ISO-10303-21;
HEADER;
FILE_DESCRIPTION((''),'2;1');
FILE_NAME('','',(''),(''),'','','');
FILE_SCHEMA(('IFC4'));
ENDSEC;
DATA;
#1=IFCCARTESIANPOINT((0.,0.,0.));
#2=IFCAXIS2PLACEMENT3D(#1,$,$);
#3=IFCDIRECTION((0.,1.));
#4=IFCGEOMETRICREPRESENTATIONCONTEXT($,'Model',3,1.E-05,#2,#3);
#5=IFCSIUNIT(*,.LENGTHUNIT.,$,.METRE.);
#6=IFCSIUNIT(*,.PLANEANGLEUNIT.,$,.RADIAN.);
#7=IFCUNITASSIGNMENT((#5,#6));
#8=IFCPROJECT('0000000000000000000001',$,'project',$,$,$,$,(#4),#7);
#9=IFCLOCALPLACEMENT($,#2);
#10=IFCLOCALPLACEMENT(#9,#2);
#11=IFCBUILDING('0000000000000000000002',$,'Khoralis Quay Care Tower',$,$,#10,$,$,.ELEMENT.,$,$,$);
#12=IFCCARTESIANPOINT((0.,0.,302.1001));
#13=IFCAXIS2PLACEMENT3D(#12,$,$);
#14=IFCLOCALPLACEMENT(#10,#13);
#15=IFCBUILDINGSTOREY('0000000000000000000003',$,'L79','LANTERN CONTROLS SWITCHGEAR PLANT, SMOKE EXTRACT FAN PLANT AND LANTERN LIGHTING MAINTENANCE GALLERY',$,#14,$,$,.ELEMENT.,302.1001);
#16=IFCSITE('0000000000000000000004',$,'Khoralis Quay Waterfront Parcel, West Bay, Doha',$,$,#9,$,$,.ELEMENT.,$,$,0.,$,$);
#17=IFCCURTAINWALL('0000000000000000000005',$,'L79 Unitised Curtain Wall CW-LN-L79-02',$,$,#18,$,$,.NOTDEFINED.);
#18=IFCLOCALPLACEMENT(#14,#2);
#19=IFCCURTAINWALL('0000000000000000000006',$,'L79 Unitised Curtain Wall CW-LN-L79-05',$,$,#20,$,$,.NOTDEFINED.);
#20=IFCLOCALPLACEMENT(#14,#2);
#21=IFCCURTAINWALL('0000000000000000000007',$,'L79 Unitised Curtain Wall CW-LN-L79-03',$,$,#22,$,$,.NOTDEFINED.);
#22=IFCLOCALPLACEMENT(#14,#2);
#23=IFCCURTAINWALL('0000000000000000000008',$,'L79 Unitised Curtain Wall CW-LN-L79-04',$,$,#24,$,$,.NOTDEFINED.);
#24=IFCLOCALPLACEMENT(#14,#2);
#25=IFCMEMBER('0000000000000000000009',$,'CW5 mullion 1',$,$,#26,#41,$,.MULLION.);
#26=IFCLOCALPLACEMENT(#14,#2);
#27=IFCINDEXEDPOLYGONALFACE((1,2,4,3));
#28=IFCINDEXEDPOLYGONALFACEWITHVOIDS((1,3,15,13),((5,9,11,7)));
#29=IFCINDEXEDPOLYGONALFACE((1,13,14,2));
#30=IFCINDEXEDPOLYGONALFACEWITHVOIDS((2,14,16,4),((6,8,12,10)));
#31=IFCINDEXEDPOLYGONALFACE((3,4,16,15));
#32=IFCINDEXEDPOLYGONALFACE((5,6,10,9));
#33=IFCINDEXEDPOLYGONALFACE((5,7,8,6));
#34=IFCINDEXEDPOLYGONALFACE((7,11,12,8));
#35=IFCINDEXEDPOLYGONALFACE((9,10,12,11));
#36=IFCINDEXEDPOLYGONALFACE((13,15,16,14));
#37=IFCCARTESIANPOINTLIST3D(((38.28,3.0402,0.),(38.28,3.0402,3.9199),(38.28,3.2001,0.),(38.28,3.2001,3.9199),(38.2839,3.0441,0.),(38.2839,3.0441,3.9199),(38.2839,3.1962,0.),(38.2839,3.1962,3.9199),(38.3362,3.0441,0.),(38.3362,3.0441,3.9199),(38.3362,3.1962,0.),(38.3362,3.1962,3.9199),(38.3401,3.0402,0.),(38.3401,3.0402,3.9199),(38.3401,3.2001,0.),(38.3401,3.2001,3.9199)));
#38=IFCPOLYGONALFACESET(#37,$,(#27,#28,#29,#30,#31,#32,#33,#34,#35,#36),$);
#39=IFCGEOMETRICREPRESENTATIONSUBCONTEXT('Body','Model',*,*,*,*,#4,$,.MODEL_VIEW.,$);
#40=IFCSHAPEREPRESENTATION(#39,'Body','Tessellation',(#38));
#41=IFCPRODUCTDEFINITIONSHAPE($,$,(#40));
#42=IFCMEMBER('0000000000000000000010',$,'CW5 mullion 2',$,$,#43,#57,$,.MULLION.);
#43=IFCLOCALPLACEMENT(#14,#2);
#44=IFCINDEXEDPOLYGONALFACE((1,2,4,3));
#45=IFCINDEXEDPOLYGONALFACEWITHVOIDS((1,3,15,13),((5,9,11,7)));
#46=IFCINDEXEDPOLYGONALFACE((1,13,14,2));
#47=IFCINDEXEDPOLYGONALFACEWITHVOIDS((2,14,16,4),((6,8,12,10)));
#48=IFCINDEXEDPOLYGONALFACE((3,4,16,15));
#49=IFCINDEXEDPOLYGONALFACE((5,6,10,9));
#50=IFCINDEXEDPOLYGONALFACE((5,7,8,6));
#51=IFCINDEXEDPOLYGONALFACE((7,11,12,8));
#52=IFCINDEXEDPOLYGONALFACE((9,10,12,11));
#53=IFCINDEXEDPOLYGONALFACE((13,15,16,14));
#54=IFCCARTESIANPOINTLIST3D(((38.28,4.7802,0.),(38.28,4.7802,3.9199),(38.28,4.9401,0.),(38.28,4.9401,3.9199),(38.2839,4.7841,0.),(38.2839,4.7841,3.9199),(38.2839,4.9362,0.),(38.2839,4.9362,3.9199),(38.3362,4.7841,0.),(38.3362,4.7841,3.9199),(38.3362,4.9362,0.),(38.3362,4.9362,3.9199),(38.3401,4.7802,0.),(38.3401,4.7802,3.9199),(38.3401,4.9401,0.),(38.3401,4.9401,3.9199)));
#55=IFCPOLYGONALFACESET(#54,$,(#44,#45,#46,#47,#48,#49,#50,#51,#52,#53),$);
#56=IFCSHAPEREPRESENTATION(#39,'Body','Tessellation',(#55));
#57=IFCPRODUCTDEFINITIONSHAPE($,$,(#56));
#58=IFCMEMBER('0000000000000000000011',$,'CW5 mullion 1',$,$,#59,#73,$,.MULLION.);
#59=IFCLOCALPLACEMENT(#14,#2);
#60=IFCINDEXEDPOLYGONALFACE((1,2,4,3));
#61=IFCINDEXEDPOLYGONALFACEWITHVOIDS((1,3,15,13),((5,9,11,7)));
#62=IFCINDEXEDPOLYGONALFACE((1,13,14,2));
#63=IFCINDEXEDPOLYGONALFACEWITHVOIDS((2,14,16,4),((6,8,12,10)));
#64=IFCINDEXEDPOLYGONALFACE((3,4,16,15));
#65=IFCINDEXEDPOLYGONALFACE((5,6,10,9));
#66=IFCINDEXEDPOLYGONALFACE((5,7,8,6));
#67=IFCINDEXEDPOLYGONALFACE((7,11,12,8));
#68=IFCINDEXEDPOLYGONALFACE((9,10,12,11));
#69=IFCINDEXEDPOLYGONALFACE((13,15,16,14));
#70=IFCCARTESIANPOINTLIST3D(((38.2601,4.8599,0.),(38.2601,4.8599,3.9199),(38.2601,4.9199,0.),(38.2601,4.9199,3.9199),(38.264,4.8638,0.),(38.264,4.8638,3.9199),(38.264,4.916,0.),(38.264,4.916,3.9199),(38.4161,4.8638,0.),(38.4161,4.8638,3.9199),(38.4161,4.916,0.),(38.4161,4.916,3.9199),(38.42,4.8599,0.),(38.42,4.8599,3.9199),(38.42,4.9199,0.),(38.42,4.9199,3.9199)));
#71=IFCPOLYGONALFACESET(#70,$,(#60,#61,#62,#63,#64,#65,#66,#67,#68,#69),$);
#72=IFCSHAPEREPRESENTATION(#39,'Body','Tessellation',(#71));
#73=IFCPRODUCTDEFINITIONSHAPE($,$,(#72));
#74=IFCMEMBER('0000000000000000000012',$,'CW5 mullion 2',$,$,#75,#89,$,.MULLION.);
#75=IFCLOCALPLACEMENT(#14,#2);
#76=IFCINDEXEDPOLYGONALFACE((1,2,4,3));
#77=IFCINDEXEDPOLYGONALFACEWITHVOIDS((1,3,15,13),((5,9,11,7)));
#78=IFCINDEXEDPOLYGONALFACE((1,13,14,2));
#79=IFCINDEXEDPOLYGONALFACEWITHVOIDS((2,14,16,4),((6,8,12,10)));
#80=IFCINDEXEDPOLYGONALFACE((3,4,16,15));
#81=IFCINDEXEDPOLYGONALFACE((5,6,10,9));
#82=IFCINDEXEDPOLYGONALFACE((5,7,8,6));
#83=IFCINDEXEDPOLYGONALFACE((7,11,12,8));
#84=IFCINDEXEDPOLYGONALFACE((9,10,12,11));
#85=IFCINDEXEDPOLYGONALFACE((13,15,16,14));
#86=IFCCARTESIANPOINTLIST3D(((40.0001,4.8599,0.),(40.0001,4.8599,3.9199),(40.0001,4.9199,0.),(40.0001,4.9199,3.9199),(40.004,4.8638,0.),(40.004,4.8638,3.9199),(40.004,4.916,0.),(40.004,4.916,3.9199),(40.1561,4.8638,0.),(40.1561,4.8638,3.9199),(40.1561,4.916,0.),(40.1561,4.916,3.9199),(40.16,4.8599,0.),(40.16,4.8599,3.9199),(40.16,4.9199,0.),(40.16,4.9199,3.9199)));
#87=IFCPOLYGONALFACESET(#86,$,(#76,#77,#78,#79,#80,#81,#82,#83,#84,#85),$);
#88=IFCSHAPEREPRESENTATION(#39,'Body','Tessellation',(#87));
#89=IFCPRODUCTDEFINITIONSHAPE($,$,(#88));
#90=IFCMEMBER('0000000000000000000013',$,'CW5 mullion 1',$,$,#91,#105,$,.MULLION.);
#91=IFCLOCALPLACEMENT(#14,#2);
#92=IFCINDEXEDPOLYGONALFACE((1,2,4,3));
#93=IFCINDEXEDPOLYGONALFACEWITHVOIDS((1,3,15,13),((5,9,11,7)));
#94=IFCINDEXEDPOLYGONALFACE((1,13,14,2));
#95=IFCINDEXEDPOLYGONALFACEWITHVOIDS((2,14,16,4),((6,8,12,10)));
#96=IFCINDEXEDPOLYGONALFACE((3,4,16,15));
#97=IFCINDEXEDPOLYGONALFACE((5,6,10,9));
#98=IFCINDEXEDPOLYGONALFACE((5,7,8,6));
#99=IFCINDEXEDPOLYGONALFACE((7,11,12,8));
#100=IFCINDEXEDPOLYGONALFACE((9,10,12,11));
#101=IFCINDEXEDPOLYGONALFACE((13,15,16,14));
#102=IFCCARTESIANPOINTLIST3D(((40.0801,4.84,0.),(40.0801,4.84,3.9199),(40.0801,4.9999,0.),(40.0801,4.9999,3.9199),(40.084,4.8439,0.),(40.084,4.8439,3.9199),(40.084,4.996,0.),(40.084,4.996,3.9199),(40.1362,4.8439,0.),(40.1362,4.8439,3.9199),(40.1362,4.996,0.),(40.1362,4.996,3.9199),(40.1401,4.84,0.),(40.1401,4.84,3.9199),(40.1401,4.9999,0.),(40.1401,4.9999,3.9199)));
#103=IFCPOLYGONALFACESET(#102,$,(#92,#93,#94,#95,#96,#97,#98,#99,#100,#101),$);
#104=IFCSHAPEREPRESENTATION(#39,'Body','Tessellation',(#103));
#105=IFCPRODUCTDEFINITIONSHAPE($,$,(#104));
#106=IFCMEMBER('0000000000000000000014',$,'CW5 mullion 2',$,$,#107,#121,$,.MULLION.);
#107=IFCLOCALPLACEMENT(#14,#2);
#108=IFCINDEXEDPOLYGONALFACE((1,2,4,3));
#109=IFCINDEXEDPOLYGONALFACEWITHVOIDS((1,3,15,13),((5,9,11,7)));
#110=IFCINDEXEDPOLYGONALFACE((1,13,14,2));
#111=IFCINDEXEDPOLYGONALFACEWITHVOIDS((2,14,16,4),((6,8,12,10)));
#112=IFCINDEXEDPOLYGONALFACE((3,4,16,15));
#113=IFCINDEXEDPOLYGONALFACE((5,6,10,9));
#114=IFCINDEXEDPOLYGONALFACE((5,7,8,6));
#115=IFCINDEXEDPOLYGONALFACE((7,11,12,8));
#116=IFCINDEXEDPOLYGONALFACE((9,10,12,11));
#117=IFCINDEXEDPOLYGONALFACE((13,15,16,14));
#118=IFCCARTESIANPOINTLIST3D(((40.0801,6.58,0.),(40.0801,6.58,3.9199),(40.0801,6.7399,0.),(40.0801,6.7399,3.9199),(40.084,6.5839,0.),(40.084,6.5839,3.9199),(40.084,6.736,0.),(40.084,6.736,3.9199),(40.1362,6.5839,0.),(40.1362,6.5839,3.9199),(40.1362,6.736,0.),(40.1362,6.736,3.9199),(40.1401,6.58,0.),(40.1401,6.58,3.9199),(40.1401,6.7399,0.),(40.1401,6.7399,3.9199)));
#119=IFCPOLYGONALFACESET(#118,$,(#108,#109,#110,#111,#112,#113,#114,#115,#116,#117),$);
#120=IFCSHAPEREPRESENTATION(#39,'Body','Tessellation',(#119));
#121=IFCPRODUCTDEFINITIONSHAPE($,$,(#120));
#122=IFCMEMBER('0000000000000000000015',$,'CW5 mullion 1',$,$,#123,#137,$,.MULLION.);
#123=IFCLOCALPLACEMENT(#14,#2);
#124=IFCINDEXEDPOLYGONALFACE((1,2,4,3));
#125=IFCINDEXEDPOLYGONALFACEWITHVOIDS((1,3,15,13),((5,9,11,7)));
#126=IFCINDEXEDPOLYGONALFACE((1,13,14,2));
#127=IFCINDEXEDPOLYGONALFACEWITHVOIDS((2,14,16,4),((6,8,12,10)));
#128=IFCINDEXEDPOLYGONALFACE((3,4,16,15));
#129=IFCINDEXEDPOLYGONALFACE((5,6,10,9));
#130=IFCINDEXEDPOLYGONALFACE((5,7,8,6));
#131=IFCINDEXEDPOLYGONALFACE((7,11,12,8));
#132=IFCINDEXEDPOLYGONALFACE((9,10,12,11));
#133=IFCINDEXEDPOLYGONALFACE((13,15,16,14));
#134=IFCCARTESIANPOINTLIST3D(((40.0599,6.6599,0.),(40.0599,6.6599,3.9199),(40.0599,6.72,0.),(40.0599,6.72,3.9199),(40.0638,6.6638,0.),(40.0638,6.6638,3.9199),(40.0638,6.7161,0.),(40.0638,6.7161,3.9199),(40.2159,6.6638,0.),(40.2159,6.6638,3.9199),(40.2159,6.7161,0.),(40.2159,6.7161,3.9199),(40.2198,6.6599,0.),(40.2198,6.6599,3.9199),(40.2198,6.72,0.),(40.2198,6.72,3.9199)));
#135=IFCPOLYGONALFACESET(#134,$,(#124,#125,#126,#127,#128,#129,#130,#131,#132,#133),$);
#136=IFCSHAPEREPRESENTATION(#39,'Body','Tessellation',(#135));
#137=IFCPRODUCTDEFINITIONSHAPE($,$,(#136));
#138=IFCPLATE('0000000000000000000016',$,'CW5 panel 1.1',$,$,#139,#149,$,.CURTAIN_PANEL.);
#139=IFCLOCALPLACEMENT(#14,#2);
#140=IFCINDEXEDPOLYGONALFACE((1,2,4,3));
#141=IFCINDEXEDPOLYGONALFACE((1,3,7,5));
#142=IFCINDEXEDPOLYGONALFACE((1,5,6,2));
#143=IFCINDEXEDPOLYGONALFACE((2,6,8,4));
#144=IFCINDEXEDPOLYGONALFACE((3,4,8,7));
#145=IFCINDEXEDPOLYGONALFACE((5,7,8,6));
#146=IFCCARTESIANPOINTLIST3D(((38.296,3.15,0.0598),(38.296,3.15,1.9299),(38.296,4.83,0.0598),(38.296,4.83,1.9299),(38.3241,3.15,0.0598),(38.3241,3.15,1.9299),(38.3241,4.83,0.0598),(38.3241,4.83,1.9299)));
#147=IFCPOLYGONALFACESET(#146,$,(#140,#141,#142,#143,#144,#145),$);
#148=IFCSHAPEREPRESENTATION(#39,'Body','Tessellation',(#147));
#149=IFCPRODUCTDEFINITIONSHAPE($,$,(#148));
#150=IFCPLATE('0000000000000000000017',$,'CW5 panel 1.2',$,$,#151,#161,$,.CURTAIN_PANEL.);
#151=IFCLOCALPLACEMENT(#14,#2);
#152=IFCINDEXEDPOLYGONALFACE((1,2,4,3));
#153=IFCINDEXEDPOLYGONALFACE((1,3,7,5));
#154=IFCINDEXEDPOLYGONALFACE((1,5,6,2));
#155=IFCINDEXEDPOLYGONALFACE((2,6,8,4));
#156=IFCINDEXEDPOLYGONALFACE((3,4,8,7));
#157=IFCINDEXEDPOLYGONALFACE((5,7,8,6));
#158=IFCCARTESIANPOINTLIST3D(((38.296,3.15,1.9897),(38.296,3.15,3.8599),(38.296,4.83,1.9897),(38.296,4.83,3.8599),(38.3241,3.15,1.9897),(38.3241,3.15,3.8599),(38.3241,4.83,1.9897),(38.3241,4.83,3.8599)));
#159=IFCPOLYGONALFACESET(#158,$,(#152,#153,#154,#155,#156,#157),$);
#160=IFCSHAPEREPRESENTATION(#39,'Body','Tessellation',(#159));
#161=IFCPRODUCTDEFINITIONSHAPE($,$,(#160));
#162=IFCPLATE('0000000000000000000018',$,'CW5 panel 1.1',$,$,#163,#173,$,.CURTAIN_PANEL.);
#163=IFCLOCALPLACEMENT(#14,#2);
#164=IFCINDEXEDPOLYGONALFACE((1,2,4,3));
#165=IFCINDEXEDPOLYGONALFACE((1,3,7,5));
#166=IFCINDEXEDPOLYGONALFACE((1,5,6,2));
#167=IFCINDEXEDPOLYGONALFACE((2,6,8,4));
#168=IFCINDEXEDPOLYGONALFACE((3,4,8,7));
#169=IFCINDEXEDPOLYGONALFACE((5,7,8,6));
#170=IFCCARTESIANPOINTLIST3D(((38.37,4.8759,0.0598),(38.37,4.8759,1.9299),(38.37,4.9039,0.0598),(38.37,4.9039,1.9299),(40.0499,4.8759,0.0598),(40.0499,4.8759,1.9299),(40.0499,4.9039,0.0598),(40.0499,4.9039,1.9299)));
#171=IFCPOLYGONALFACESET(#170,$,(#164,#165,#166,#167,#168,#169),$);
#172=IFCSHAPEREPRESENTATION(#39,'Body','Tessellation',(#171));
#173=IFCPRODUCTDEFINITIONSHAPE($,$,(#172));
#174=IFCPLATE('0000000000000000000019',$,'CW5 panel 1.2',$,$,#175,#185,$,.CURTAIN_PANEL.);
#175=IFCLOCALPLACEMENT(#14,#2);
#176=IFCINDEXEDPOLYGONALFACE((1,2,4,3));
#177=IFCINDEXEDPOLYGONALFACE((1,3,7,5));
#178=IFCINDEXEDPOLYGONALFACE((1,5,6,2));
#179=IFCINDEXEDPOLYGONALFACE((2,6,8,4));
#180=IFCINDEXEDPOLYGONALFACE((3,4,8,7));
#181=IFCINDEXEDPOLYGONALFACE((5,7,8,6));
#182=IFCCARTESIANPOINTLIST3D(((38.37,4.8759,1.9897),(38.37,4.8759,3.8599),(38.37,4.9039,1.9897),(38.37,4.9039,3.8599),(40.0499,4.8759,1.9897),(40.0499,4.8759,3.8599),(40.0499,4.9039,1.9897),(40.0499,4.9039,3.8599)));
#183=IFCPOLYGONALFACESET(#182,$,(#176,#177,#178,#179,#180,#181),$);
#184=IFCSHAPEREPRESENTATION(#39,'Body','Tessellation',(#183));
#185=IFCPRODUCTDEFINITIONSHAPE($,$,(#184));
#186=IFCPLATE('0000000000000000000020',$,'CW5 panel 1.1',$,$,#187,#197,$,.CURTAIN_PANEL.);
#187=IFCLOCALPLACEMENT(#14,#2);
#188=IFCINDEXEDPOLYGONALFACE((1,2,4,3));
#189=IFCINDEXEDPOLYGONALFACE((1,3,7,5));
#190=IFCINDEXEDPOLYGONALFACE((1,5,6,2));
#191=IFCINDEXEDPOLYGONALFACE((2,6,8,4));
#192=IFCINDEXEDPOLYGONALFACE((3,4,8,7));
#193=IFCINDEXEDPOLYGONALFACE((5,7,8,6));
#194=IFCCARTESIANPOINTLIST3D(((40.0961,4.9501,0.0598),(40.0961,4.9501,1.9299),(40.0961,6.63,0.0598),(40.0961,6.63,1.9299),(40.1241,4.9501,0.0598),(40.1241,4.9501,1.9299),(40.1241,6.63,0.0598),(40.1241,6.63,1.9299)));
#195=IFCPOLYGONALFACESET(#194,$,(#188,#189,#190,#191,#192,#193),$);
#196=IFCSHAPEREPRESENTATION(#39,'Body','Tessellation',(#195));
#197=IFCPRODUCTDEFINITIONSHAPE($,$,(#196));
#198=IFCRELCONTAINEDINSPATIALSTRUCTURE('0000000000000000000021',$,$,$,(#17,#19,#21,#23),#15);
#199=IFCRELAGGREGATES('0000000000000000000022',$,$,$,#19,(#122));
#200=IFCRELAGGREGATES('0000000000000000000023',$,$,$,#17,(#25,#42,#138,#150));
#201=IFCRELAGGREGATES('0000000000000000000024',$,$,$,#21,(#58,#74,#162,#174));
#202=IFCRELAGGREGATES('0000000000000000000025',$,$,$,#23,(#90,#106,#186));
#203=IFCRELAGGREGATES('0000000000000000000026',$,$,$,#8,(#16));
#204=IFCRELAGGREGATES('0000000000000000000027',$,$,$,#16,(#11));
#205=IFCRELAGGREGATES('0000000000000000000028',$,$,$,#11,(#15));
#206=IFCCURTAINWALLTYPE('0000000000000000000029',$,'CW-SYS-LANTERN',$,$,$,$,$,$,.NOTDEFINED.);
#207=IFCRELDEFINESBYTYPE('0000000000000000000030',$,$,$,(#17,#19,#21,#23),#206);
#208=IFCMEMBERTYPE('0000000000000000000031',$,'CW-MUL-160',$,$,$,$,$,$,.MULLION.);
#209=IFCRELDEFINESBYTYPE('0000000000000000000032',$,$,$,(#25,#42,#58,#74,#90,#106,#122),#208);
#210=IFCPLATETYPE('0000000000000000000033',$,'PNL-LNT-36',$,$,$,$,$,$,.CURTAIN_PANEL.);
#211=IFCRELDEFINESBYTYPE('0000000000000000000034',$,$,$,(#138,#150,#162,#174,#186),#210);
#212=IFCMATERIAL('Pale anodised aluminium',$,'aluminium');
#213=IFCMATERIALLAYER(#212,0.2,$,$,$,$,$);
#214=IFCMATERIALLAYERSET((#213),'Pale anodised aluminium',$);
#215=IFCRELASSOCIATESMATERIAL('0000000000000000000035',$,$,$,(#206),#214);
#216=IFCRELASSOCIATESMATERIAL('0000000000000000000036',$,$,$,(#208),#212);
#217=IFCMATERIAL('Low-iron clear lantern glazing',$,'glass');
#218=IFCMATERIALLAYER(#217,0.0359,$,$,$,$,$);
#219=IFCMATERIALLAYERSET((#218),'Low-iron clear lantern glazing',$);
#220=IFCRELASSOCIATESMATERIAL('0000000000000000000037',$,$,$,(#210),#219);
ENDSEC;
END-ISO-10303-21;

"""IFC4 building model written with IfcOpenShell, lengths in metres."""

from ifc_helpers import new_model, si_unit, direction, frame, origin, origin_2d, place, context, subcontext, project, spatial, rectangle, hollow_rectangle, extrude, source, transform, mapped, material, layer, layer_set, material_profile, profile_set, type_object, element, aggregate, save


model = new_model("IFC4")

# Units and contexts
model_context = context("Model", 3, precision=1e-05, world=origin(), true_north=direction((0.0, 1.0)))
body_context = subcontext(model_context, "Body", "Model", "MODEL_VIEW")
ifc_project = project(units=[si_unit("LENGTHUNIT", "METRE"), si_unit("PLANEANGLEUNIT", "RADIAN")], contexts=[model_context])

# Site, building, storey
site_placement = place(None, origin())
site = spatial("IfcSite", under=ifc_project, at=site_placement, Name="Khoralis Quay Waterfront Parcel, West Bay, Doha", CompositionType="ELEMENT", RefElevation=0.0)
building_placement = place(site_placement, origin())
building = spatial("IfcBuilding", under=site, at=building_placement, Name="Khoralis Quay Care Tower", CompositionType="ELEMENT")
storey_placement = place(building_placement, frame((0.0, 0.0, 302.1001)))
storey = spatial("IfcBuildingStorey", under=building, at=storey_placement, Name="L79", Description="LANTERN CONTROLS SWITCHGEAR PLANT, SMOKE EXTRACT FAN PLANT AND LANTERN LIGHTING MAINTENANCE GALLERY", CompositionType="ELEMENT", Elevation=302.1001)

# Curtain wall
ifc_material_1 = material(Name="Pale anodised aluminium", Category="aluminium")
ifc_layer_1 = layer(ifc_material_1, 0.2)
ifc_layer_set_1 = layer_set([ifc_layer_1], Name="Pale anodised aluminium")
curtain_wall_type = type_object("IfcCurtainWallType", Name="CW-SYS-LANTERN", PredefinedType="NOTDEFINED", material=ifc_layer_set_1)
curtain_wall_1_placement = place(storey_placement, origin())
curtain_wall_1 = element("IfcCurtainWall", 1, at=curtain_wall_1_placement, inside=storey, type_object=curtain_wall_type, Name="L79 Unitised Curtain Wall CW-LN-L79-02", PredefinedType="NOTDEFINED")

# Curtain wall
curtain_wall_2_placement = place(storey_placement, origin())
curtain_wall_2 = element("IfcCurtainWall", 2, at=curtain_wall_2_placement, inside=storey, type_object=curtain_wall_type, Name="L79 Unitised Curtain Wall CW-LN-L79-05", PredefinedType="NOTDEFINED")

# Curtain walls
curtain_wall_3_placement = place(storey_placement, origin())
curtain_wall_3 = element("IfcCurtainWall", 3, at=curtain_wall_3_placement, inside=storey, type_object=curtain_wall_type, Name="L79 Unitised Curtain Wall CW-LN-L79-03", PredefinedType="NOTDEFINED")
curtain_wall_4_placement = place(storey_placement, origin())
curtain_wall_4 = element("IfcCurtainWall", 4, at=curtain_wall_4_placement, inside=storey, type_object=curtain_wall_type, Name="L79 Unitised Curtain Wall CW-LN-L79-04", PredefinedType="NOTDEFINED")

# Shared definitions
ifc_material_profile_1 = material_profile(ifc_material_1, hollow_rectangle(XDim=0.0601, YDim=0.1599, WallThickness=0.0039, at=origin_2d()), Name="Pale anodised aluminium")
ifc_profile_set_1 = profile_set([ifc_material_profile_1], Name="Pale anodised aluminium")
member_type_1 = type_object("IfcMemberType", Name="CW-MUL-160", PredefinedType="MULLION", material=ifc_profile_set_1)
shared_shape_1 = source(origin(), body_context, "Body", "SweptSolid", [
    extrude(hollow_rectangle(XDim=0.0601, YDim=0.1599, WallThickness=0.0039, at=origin_2d()), origin(), (0.0, 0.0, 1.0), 3.9199),
])

# Members
member_1_placement = place(storey_placement, frame((38.3101, 3.1201, 0.0), z_axis=(0.0, 0.0, 1.0), x_axis=(-1.0, 0.0, 0.0)))
member_1 = element("IfcMember", 5, at=member_1_placement, type_object=member_type_1, Name="CW5 mullion 1", PredefinedType="MULLION", context=body_context, shape_type="MappedRepresentation", body=[
    mapped(shared_shape_1, transform((0.0, 0.0, 0.0), scale=1.0)),
])
member_2_placement = place(storey_placement, frame((38.3101, 4.8601, 0.0), z_axis=(0.0, 0.0, 1.0), x_axis=(-1.0, 0.0, 0.0)))
member_2 = element("IfcMember", 6, at=member_2_placement, type_object=member_type_1, Name="CW5 mullion 2", PredefinedType="MULLION", context=body_context, shape_type="MappedRepresentation", body=[
    mapped(shared_shape_1, transform((0.0, 0.0, 0.0), scale=1.0)),
])
member_3_placement = place(storey_placement, frame((38.3401, 4.8899, 0.0), z_axis=(0.0, 0.0, 1.0), x_axis=(0.0, 1.0, 0.0)))
member_3 = element("IfcMember", 7, at=member_3_placement, type_object=member_type_1, Name="CW5 mullion 1", PredefinedType="MULLION", context=body_context, shape_type="MappedRepresentation", body=[
    mapped(shared_shape_1, transform((0.0, 0.0, 0.0), scale=1.0)),
])
member_4_placement = place(storey_placement, frame((40.0801, 4.8899, 0.0), z_axis=(0.0, 0.0, 1.0), x_axis=(0.0, 1.0, 0.0)))
member_4 = element("IfcMember", 8, at=member_4_placement, type_object=member_type_1, Name="CW5 mullion 2", PredefinedType="MULLION", context=body_context, shape_type="MappedRepresentation", body=[
    mapped(shared_shape_1, transform((0.0, 0.0, 0.0), scale=1.0)),
])
member_5_placement = place(storey_placement, frame((40.1101, 4.9199, 0.0), z_axis=(0.0, 0.0, 1.0), x_axis=(-1.0, 0.0, 0.0)))
member_5 = element("IfcMember", 9, at=member_5_placement, type_object=member_type_1, Name="CW5 mullion 1", PredefinedType="MULLION", context=body_context, shape_type="MappedRepresentation", body=[
    mapped(shared_shape_1, transform((0.0, 0.0, 0.0), scale=1.0)),
])
member_6_placement = place(storey_placement, frame((40.1101, 6.6599, 0.0), z_axis=(0.0, 0.0, 1.0), x_axis=(-1.0, 0.0, 0.0)))
member_6 = element("IfcMember", 10, at=member_6_placement, type_object=member_type_1, Name="CW5 mullion 2", PredefinedType="MULLION", context=body_context, shape_type="MappedRepresentation", body=[
    mapped(shared_shape_1, transform((0.0, 0.0, 0.0), scale=1.0)),
])
member_7_placement = place(storey_placement, frame((40.1399, 6.6899, 0.0), z_axis=(0.0, 0.0, 1.0), x_axis=(0.0, 1.0, 0.0)))
member_7 = element("IfcMember", 11, at=member_7_placement, type_object=member_type_1, Name="CW5 mullion 1", PredefinedType="MULLION", context=body_context, shape_type="MappedRepresentation", body=[
    mapped(shared_shape_1, transform((0.0, 0.0, 0.0), scale=1.0)),
])
aggregate(curtain_wall_2, [member_7])

# Plates
ifc_material_2 = material(Name="Low-iron clear lantern glazing", Category="glass")
ifc_layer_2 = layer(ifc_material_2, 0.0359)
ifc_layer_set_2 = layer_set([ifc_layer_2], Name="Low-iron clear lantern glazing")
plate_type = type_object("IfcPlateType", Name="PNL-LNT-36", PredefinedType="CURTAIN_PANEL", material=ifc_layer_set_2)
shared_shape_2 = source(origin(), body_context, "Body", "SweptSolid", [
    extrude(rectangle(XDim=1.6799, YDim=0.0281, at=origin_2d()), origin(), (0.0, 0.0, 1.0), 1.8701),
])
plate_1_placement = place(storey_placement, frame((38.3101, 3.99, 0.0598), z_axis=(0.0, 0.0, 1.0), x_axis=(0.0, 1.0, 0.0)))
plate_1 = element("IfcPlate", 12, at=plate_1_placement, type_object=plate_type, Name="CW5 panel 1.1", PredefinedType="CURTAIN_PANEL", context=body_context, shape_type="MappedRepresentation", body=[
    mapped(shared_shape_2, transform((0.0, 0.0, 0.0), scale=1.0)),
])
plate_2_placement = place(storey_placement, frame((38.3101, 3.99, 1.9897), z_axis=(0.0, 0.0, 1.0), x_axis=(0.0, 1.0, 0.0)))
plate_2 = element("IfcPlate", 13, at=plate_2_placement, type_object=plate_type, Name="CW5 panel 1.2", PredefinedType="CURTAIN_PANEL", context=body_context, shape_type="MappedRepresentation", body=[
    mapped(shared_shape_2, transform((0.0, 0.0, 0.0), scale=1.0)),
])
aggregate(curtain_wall_1, [member_1, member_2, plate_1, plate_2])
plate_3_placement = place(storey_placement, frame((39.21, 4.8899, 0.0598), z_axis=(0.0, 0.0, 1.0), x_axis=(1.0, 0.0, 0.0)))
plate_3 = element("IfcPlate", 14, at=plate_3_placement, type_object=plate_type, Name="CW5 panel 1.1", PredefinedType="CURTAIN_PANEL", context=body_context, shape_type="MappedRepresentation", body=[
    mapped(shared_shape_2, transform((0.0, 0.0, 0.0), scale=1.0)),
])
plate_4_placement = place(storey_placement, frame((39.21, 4.8899, 1.9897), z_axis=(0.0, 0.0, 1.0), x_axis=(1.0, 0.0, 0.0)))
plate_4 = element("IfcPlate", 15, at=plate_4_placement, type_object=plate_type, Name="CW5 panel 1.2", PredefinedType="CURTAIN_PANEL", context=body_context, shape_type="MappedRepresentation", body=[
    mapped(shared_shape_2, transform((0.0, 0.0, 0.0), scale=1.0)),
])
aggregate(curtain_wall_3, [member_3, member_4, plate_3, plate_4])
plate_5_placement = place(storey_placement, frame((40.1101, 5.79, 0.0598), z_axis=(0.0, 0.0, 1.0), x_axis=(0.0, 1.0, 0.0)))
plate_5 = element("IfcPlate", 16, at=plate_5_placement, type_object=plate_type, Name="CW5 panel 1.1", PredefinedType="CURTAIN_PANEL", context=body_context, shape_type="MappedRepresentation", body=[
    mapped(shared_shape_2, transform((0.0, 0.0, 0.0), scale=1.0)),
])
aggregate(curtain_wall_4, [member_5, member_6, plate_5])

save(model, "model.ifc")
